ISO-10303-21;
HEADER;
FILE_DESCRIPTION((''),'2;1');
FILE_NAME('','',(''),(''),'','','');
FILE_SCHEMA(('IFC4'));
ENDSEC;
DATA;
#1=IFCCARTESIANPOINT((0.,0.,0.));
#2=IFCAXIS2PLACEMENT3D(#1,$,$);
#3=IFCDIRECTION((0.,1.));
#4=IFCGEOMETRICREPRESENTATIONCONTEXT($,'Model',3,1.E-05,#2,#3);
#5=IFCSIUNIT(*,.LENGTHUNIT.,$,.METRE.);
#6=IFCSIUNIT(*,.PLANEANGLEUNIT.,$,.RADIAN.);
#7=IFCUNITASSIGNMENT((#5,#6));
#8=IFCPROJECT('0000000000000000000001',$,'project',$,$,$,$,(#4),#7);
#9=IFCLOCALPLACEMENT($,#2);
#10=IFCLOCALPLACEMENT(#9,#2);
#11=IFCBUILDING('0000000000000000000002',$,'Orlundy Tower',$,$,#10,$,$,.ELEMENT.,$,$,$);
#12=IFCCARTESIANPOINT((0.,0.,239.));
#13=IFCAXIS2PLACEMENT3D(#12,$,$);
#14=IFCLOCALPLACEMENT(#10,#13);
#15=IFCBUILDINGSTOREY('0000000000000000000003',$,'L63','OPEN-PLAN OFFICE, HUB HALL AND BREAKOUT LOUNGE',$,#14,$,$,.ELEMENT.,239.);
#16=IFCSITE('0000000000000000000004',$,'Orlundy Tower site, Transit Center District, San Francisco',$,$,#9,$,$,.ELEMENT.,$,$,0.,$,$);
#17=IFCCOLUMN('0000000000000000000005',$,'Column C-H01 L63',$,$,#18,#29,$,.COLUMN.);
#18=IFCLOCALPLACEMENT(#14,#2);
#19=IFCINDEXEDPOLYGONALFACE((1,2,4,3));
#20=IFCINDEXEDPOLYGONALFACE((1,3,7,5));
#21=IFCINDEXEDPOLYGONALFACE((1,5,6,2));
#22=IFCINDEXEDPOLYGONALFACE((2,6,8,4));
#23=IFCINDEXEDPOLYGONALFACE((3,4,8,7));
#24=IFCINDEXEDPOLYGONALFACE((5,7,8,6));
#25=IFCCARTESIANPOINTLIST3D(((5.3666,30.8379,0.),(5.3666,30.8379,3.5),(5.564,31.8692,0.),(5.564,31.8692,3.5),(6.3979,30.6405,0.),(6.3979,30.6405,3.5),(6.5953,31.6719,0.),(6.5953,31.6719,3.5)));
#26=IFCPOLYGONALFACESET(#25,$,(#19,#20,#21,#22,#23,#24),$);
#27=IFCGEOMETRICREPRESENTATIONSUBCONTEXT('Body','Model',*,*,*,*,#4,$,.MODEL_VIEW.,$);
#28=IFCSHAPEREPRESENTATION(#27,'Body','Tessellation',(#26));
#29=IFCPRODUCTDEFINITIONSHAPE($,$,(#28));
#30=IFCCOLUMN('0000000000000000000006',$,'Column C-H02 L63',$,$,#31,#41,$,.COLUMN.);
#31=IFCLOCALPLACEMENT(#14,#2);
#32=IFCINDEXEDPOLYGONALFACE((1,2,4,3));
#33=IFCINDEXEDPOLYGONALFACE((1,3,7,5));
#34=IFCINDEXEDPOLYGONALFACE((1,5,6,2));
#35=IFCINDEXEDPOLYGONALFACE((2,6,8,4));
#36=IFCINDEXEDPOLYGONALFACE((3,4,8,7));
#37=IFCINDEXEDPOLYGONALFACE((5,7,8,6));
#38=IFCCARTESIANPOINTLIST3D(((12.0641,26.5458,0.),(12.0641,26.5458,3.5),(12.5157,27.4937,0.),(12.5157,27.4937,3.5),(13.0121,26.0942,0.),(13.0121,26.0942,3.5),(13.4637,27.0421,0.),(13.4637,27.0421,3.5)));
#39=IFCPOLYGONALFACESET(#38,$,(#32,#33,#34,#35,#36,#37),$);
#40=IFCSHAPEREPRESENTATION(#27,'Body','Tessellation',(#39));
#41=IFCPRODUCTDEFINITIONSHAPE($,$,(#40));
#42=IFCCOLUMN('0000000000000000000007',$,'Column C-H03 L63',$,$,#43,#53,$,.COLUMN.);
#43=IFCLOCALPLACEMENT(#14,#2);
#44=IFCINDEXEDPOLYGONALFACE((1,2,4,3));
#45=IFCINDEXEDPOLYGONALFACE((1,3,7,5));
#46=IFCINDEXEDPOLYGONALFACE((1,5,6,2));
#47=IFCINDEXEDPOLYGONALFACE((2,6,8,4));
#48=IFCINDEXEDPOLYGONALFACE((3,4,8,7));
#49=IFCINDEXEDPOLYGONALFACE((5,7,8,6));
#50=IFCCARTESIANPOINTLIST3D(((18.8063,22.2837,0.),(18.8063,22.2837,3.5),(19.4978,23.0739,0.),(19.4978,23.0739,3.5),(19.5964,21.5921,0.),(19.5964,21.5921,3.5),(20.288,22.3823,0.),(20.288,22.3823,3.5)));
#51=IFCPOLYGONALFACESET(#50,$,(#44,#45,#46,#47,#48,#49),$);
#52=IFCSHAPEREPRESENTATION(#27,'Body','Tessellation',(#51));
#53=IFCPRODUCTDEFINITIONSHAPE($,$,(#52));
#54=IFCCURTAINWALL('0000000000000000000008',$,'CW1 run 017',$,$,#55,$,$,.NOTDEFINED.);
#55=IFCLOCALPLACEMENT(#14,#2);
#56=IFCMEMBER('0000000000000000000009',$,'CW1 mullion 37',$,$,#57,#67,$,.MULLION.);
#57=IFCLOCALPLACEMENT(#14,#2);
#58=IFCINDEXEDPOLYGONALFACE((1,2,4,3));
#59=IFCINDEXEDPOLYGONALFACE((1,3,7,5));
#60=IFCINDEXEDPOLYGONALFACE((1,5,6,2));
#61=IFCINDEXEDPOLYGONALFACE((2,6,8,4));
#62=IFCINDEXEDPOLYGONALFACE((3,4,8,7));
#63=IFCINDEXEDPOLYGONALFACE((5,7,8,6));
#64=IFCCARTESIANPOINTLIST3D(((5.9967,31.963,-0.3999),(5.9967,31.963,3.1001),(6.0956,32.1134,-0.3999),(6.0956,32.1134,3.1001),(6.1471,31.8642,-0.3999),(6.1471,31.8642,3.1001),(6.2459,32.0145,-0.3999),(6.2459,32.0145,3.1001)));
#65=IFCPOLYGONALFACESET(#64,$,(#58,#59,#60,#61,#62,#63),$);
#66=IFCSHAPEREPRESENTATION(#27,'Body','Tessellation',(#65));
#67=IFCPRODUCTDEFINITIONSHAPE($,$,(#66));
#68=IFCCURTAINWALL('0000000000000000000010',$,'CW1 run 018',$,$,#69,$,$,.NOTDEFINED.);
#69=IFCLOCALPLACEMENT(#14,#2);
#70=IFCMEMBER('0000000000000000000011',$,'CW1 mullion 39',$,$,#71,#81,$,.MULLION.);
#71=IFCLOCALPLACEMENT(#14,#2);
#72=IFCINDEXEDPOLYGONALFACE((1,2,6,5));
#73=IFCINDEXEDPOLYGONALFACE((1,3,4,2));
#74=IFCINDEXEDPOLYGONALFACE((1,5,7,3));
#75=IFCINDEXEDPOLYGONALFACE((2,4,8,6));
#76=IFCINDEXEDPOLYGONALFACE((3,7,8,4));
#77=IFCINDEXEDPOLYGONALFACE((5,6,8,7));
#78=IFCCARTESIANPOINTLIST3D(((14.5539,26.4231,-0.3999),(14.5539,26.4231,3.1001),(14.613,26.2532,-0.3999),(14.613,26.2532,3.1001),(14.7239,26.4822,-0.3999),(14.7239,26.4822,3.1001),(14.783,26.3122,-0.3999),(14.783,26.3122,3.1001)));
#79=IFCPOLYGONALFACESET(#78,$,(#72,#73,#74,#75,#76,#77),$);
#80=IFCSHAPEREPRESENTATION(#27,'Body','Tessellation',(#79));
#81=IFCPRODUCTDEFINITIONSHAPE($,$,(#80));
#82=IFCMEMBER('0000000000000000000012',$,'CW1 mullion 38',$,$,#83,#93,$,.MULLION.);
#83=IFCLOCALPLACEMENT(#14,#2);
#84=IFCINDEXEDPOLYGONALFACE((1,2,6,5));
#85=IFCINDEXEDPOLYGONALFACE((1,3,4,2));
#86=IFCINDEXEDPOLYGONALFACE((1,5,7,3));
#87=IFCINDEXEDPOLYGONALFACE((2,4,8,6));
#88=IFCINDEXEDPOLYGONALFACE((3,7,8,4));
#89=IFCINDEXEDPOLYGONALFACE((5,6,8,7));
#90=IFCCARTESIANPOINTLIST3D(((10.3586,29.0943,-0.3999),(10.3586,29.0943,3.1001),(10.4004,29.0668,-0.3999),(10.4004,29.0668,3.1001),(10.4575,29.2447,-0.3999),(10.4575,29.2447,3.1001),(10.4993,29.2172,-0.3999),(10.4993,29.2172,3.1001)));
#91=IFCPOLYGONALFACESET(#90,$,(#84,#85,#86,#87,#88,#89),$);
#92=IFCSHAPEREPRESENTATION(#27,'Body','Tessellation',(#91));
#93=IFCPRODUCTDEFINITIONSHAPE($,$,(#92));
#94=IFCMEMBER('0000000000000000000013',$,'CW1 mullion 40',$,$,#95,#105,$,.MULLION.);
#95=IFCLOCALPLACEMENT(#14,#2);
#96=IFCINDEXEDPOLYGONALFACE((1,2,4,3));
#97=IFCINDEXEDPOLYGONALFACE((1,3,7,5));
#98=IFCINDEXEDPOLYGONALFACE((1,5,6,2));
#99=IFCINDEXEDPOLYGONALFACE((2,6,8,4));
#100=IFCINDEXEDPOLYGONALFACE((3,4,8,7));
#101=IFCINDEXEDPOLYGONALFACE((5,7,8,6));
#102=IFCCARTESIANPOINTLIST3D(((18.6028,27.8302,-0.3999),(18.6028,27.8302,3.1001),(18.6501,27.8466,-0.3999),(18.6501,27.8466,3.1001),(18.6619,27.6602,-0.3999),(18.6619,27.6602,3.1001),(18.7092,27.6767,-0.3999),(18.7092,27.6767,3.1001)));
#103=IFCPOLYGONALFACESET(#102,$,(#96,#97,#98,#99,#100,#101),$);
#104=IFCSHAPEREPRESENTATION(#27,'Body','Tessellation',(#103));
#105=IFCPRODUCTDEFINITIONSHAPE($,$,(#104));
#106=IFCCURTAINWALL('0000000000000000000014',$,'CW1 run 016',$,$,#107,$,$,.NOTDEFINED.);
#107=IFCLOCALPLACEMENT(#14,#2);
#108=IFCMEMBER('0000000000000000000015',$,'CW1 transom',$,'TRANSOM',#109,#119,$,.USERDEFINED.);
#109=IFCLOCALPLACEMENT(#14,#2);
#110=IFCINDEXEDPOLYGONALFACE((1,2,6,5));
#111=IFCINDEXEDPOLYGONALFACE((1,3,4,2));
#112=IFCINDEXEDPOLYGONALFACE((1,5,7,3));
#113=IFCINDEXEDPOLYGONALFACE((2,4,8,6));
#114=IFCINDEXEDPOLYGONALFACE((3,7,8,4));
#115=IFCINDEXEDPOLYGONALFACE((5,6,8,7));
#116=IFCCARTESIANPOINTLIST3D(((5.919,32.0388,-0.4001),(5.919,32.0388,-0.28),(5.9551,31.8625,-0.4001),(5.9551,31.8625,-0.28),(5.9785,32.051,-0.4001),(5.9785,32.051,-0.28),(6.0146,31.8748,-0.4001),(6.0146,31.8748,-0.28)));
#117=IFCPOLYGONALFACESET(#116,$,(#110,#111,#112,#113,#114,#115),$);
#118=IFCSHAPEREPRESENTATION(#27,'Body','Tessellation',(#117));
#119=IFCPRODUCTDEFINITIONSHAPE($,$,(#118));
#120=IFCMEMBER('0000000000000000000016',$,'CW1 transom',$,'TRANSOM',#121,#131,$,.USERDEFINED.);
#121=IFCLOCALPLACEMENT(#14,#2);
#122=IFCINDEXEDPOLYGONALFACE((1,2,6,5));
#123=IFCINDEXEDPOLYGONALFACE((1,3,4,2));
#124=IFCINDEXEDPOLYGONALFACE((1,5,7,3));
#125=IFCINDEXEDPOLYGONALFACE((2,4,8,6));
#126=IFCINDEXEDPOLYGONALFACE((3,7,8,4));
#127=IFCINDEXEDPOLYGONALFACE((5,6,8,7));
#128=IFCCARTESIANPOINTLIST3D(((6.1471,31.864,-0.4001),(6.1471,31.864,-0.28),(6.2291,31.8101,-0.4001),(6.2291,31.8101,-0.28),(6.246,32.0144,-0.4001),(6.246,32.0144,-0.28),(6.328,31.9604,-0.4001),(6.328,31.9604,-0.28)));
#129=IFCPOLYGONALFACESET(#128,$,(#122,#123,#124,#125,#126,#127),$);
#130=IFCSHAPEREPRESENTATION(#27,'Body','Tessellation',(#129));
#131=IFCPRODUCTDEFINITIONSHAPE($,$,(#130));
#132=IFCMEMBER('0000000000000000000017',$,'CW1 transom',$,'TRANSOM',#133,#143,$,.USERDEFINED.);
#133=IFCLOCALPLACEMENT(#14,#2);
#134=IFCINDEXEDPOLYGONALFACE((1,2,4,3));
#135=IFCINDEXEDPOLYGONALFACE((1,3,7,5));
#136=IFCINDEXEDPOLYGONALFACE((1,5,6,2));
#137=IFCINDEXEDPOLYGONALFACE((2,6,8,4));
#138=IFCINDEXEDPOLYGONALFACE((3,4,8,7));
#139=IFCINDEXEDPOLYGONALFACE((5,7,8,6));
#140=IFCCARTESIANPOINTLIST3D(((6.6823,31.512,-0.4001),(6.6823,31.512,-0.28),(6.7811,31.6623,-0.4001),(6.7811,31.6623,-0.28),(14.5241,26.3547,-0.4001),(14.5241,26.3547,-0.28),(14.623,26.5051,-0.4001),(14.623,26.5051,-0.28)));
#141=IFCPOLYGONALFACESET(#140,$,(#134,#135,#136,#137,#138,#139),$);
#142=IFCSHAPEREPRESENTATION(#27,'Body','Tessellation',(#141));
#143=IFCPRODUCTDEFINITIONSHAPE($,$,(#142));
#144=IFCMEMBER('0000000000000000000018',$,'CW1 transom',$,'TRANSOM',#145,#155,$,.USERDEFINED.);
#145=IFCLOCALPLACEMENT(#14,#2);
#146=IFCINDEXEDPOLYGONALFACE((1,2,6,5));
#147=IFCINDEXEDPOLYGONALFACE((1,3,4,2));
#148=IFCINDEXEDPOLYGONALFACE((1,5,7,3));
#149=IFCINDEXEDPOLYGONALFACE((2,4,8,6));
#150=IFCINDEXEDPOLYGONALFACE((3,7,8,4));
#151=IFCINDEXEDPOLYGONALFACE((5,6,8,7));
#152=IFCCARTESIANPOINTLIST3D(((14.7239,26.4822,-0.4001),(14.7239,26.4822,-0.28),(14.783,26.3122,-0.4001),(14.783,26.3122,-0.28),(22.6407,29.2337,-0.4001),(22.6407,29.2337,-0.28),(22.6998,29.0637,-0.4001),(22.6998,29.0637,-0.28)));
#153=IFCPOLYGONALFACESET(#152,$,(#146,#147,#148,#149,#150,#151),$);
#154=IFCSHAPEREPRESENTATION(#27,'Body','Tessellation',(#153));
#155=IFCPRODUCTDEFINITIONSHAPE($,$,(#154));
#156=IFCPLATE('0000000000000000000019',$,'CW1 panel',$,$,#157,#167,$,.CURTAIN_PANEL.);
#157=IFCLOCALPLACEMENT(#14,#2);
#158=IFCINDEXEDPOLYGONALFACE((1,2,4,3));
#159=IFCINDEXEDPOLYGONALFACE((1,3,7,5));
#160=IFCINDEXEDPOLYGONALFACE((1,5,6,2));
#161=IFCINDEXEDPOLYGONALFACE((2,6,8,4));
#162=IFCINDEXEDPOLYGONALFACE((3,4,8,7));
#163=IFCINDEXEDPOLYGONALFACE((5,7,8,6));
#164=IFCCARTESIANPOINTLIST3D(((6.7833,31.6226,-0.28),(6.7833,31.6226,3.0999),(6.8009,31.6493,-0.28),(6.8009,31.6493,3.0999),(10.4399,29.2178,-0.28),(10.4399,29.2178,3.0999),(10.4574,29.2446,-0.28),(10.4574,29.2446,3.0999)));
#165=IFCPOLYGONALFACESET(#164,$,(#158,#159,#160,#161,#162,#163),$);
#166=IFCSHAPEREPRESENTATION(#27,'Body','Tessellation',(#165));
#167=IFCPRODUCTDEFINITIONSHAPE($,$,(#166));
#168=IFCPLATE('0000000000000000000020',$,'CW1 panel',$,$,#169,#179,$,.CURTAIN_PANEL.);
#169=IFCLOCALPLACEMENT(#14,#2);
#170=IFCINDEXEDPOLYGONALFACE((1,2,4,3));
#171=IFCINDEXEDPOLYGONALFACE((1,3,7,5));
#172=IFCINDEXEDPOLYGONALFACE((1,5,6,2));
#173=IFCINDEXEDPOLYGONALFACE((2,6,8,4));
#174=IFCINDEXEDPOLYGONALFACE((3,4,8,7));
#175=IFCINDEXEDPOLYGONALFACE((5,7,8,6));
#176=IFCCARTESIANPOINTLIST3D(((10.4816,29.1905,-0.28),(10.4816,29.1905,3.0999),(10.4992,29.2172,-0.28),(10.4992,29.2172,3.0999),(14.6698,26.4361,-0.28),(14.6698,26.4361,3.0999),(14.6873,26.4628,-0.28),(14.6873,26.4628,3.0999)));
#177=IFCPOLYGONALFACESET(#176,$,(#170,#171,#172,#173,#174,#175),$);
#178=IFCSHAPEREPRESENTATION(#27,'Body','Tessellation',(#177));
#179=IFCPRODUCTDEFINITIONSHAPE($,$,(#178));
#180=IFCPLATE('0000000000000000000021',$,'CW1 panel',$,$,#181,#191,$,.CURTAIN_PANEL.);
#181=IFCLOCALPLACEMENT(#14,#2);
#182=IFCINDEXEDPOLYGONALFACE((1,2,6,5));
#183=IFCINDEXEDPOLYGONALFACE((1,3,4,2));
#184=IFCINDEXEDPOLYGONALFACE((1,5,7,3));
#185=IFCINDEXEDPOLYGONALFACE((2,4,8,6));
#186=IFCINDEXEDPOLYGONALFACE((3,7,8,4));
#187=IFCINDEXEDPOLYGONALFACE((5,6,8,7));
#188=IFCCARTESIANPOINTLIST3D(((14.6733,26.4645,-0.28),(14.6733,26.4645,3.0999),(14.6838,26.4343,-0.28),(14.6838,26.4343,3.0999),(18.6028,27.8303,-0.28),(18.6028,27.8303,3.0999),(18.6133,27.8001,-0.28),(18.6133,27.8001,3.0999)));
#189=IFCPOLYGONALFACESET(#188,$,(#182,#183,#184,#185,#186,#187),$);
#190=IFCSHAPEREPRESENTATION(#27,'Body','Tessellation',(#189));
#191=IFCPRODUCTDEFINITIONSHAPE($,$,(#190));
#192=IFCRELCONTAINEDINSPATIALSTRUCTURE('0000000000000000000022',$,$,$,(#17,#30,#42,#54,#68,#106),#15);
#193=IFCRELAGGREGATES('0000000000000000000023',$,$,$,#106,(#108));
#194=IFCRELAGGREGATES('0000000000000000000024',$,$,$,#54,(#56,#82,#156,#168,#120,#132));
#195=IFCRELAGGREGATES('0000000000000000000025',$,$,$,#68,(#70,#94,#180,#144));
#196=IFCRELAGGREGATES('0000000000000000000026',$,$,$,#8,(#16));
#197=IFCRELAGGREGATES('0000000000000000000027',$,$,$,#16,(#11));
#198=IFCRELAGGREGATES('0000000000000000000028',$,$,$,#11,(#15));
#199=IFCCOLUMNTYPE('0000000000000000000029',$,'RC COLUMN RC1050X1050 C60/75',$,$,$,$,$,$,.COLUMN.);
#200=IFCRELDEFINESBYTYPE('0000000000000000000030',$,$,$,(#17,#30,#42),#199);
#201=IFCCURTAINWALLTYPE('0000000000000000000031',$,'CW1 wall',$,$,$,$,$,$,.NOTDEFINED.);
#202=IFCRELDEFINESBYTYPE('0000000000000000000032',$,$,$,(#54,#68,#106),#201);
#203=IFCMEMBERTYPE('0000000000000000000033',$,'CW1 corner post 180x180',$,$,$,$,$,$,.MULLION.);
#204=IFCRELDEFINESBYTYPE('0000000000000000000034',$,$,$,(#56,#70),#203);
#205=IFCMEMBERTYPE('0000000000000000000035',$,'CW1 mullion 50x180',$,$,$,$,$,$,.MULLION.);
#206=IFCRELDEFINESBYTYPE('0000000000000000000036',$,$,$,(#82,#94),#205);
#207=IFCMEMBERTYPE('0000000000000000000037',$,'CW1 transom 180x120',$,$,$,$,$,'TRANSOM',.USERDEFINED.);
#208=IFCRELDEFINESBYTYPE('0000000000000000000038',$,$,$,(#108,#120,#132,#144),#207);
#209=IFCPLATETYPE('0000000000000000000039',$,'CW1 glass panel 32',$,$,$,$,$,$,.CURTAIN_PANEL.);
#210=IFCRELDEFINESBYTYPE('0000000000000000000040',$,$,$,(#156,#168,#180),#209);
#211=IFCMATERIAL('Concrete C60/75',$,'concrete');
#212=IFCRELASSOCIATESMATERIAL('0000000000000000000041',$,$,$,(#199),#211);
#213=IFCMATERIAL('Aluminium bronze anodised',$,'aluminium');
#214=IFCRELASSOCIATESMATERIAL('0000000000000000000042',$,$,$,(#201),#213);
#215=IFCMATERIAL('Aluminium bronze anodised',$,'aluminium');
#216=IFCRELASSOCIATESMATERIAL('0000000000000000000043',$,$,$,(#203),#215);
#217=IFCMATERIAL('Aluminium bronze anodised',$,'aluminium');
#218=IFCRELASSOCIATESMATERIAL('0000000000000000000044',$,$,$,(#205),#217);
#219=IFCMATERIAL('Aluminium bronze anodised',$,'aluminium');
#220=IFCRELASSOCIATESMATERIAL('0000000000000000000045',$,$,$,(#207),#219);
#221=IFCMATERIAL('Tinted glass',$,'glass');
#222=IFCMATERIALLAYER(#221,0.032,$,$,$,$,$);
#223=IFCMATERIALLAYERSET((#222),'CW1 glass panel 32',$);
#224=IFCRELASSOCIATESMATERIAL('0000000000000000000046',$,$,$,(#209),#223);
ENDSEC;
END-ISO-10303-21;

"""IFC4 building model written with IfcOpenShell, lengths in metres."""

from ifc_helpers import new_model, si_unit, direction, frame, origin, origin_2d, place, context, subcontext, project, spatial, rectangle, extrude, material, layer, layer_set, material_profile, profile_set, type_object, element, aggregate, save


model = new_model("IFC4")

# Units and contexts
model_context = context("Model", 3, precision=1e-05, world=origin(), true_north=direction((0.0, 1.0)))
body_context = subcontext(model_context, "Body", "Model", "MODEL_VIEW")
ifc_project = project(units=[si_unit("LENGTHUNIT", "METRE"), si_unit("PLANEANGLEUNIT", "RADIAN")], contexts=[model_context])

# Site, building, storey
site_placement = place(None, origin())
site = spatial("IfcSite", under=ifc_project, at=site_placement, Name="Orlundy Tower site, Transit Center District, San Francisco", CompositionType="ELEMENT", RefElevation=0.0)
building_placement = place(site_placement, origin())
building = spatial("IfcBuilding", under=site, at=building_placement, Name="Orlundy Tower", CompositionType="ELEMENT")
storey_placement = place(building_placement, frame((0.0, 0.0, 239.0)))
storey = spatial("IfcBuildingStorey", under=building, at=storey_placement, Name="L63", Description="OPEN-PLAN OFFICE, HUB HALL AND BREAKOUT LOUNGE", CompositionType="ELEMENT", Elevation=239.0)

# Columns
ifc_material_1 = material(Name="Concrete C60/75", Category="concrete")
ifc_material_profile_1 = material_profile(ifc_material_1, rectangle(XDim=1.05, YDim=1.05, at=origin_2d()), Name="RC1050X1050")
ifc_profile_set_1 = profile_set([ifc_material_profile_1], Name="Concrete C60/75")
column_type = type_object("IfcColumnType", Name="RC COLUMN RC1050X1050 C60/75", PredefinedType="COLUMN", material=ifc_profile_set_1)
for number, where, z_axis, x_axis, name in (
    (1, (5.981, 31.2549, 0.0), (0.0, 0.0, 1.0), (0.187947, 0.982179, 0.0), "Column C-H01 L63"),
    (2, (12.7639, 26.7939, 0.0), (0.0, 0.0, 1.0), (0.43007, 0.902796, 0.0), "Column C-H02 L63"),
    (3, (19.5471, 22.333, 0.0), (0.0, 0.0, 1.0), (0.658611, 0.752484, 0.0), "Column C-H03 L63"),
):
    element("IfcColumn", number, at=place(storey_placement, frame(where, z_axis=z_axis, x_axis=x_axis)), inside=storey, type_object=column_type, Name=name, PredefinedType="COLUMN", context=body_context, shape_type="SweptSolid", body=[
        extrude(rectangle(XDim=1.05, YDim=1.05, at=origin_2d()), origin(), (0.0, 0.0, 1.0), 3.5),
    ])

# Curtain walls, members
ifc_material_2 = material(Name="Aluminium bronze anodised", Category="aluminium")
curtain_wall_type = type_object("IfcCurtainWallType", Name="CW1 wall", PredefinedType="NOTDEFINED", material=ifc_material_2)
curtain_wall_1_placement = place(storey_placement, origin())
curtain_wall_1 = element("IfcCurtainWall", 4, at=curtain_wall_1_placement, inside=storey, type_object=curtain_wall_type, Name="CW1 run 017", PredefinedType="NOTDEFINED")
ifc_material_3 = material(Name="Aluminium bronze anodised", Category="aluminium")
ifc_material_profile_2 = material_profile(ifc_material_3, rectangle(XDim=0.1799, YDim=0.1799, at=origin_2d()), Name="CW1 corner post 180x180")
ifc_profile_set_2 = profile_set([ifc_material_profile_2], Name="Aluminium bronze anodised")
member_type_1 = type_object("IfcMemberType", Name="CW1 corner post 180x180", PredefinedType="MULLION", material=ifc_profile_set_2)
member_1_placement = place(storey_placement, frame((6.1213, 31.9888, -0.3999), z_axis=(0.0, 0.0, 1.0), x_axis=(0.549482, 0.835506, 0.0)))
member_1 = element("IfcMember", 5, at=member_1_placement, type_object=member_type_1, Name="CW1 mullion 37", PredefinedType="MULLION", context=body_context, shape_type="SweptSolid", body=[
    extrude(rectangle(XDim=0.1799, YDim=0.1799, at=origin_2d()), origin(), (0.0, 0.0, 1.0), 3.5),
])
curtain_wall_2_placement = place(storey_placement, origin())
curtain_wall_2 = element("IfcCurtainWall", 6, at=curtain_wall_2_placement, inside=storey, type_object=curtain_wall_type, Name="CW1 run 018", PredefinedType="NOTDEFINED")
member_2_placement = place(storey_placement, frame((14.6685, 26.3677, -0.3999), z_axis=(0.0, 0.0, 1.0), x_axis=(-0.328298, 0.944574, 0.0)))
member_2 = element("IfcMember", 7, at=member_2_placement, type_object=member_type_1, Name="CW1 mullion 39", PredefinedType="MULLION", context=body_context, shape_type="SweptSolid", body=[
    extrude(rectangle(XDim=0.1799, YDim=0.1799, at=origin_2d()), origin(), (0.0, 0.0, 1.0), 3.5),
])

# Members
ifc_material_4 = material(Name="Aluminium bronze anodised", Category="aluminium")
ifc_material_profile_3 = material_profile(ifc_material_4, rectangle(XDim=0.1799, YDim=0.05, at=origin_2d()), Name="CW1 mullion 50x180")
ifc_profile_set_3 = profile_set([ifc_material_profile_3], Name="Aluminium bronze anodised")
member_type_2 = type_object("IfcMemberType", Name="CW1 mullion 50x180", PredefinedType="MULLION", material=ifc_profile_set_3)
member_3_placement = place(storey_placement, frame((10.429, 29.1558, -0.3999), z_axis=(0.0, 0.0, 1.0), x_axis=(0.549482, 0.835506, 0.0)))
member_3 = element("IfcMember", 8, at=member_3_placement, type_object=member_type_2, Name="CW1 mullion 38", PredefinedType="MULLION", context=body_context, shape_type="SweptSolid", body=[
    extrude(rectangle(XDim=0.1799, YDim=0.05, at=origin_2d()), origin(), (0.0, 0.0, 1.0), 3.5),
])
member_4_placement = place(storey_placement, frame((18.656, 27.7534, -0.3999), z_axis=(0.0, 0.0, 1.0), x_axis=(-0.328298, 0.944574, 0.0)))
member_4 = element("IfcMember", 9, at=member_4_placement, type_object=member_type_2, Name="CW1 mullion 40", PredefinedType="MULLION", context=body_context, shape_type="SweptSolid", body=[
    extrude(rectangle(XDim=0.1799, YDim=0.05, at=origin_2d()), origin(), (0.0, 0.0, 1.0), 3.5),
])

# Curtain wall, member
curtain_wall_3_placement = place(storey_placement, origin())
curtain_wall_3 = element("IfcCurtainWall", 10, at=curtain_wall_3_placement, inside=storey, type_object=curtain_wall_type, Name="CW1 run 016", PredefinedType="NOTDEFINED")
ifc_material_5 = material(Name="Aluminium bronze anodised", Category="aluminium")
ifc_material_profile_4 = material_profile(ifc_material_5, rectangle(XDim=0.1799, YDim=0.1201, at=origin_2d()), Name="CW1 transom 180x120")
ifc_profile_set_4 = profile_set([ifc_material_profile_4], Name="Aluminium bronze anodised")
member_type_3 = type_object("IfcMemberType", Name="CW1 transom 180x120", ElementType="TRANSOM", PredefinedType="USERDEFINED", material=ifc_profile_set_4)
member_5_placement = place(storey_placement, frame((5.937, 31.9507, -0.3401), z_axis=(0.979643, 0.200747, 0.0), x_axis=(-0.200747, 0.979643, 0.0)))
member_5 = element("IfcMember", 11, at=member_5_placement, type_object=member_type_3, Name="CW1 transom", ObjectType="TRANSOM", PredefinedType="USERDEFINED", context=body_context, shape_type="SweptSolid", body=[
    extrude(rectangle(XDim=0.1799, YDim=0.1201, at=origin_2d()), origin(), (0.0, 0.0, 1.0), 0.0608),
])
aggregate(curtain_wall_3, [member_5])

# Members
member_6_placement = place(storey_placement, frame((6.1965, 31.9392, -0.3401), z_axis=(0.835477, -0.549525, 0.0), x_axis=(0.549525, 0.835477, 0.0)))
member_6 = element("IfcMember", 12, at=member_6_placement, type_object=member_type_3, Name="CW1 transom", ObjectType="TRANSOM", PredefinedType="USERDEFINED", context=body_context, shape_type="SweptSolid", body=[
    extrude(rectangle(XDim=0.1799, YDim=0.1201, at=origin_2d()), origin(), (0.0, 0.0, 1.0), 0.0981),
])
member_7_placement = place(storey_placement, frame((6.7317, 31.5872, -0.3401), z_axis=(0.835508, -0.549479, 0.0), x_axis=(0.549479, 0.835508, 0.0)))
member_7 = element("IfcMember", 13, at=member_7_placement, type_object=member_type_3, Name="CW1 transom", ObjectType="TRANSOM", PredefinedType="USERDEFINED", context=body_context, shape_type="SweptSolid", body=[
    extrude(rectangle(XDim=0.1799, YDim=0.1201, at=origin_2d()), origin(), (0.0, 0.0, 1.0), 9.3857),
])
member_8_placement = place(storey_placement, frame((14.7534, 26.3972, -0.3401), z_axis=(0.944578, 0.328288, 0.0), x_axis=(-0.328288, 0.944578, 0.0)))
member_8 = element("IfcMember", 14, at=member_8_placement, type_object=member_type_3, Name="CW1 transom", ObjectType="TRANSOM", PredefinedType="USERDEFINED", context=body_context, shape_type="SweptSolid", body=[
    extrude(rectangle(XDim=0.1799, YDim=0.1201, at=origin_2d()), origin(), (0.0, 0.0, 1.0), 8.3813),
])

# Plates
ifc_material_6 = material(Name="Tinted glass", Category="glass")
ifc_layer_1 = layer(ifc_material_6, 0.032)
ifc_layer_set_1 = layer_set([ifc_layer_1], Name="CW1 glass panel 32")
plate_type = type_object("IfcPlateType", Name="CW1 glass panel 32", PredefinedType="CURTAIN_PANEL", material=ifc_layer_set_1)
plate_1_placement = place(storey_placement, frame((8.6204, 30.4336, -0.28), z_axis=(0.0, 0.0, 1.0), x_axis=(0.835506, -0.549482, 0.0)))
plate_1 = element("IfcPlate", 15, at=plate_1_placement, type_object=plate_type, Name="CW1 panel", PredefinedType="CURTAIN_PANEL", context=body_context, shape_type="SweptSolid", body=[
    extrude(rectangle(XDim=4.3765, YDim=0.032, at=origin_2d()), origin(), (0.0, 0.0, 1.0), 3.3799),
])
plate_2_placement = place(storey_placement, frame((12.5845, 27.8267, -0.28), z_axis=(0.0, 0.0, 1.0), x_axis=(0.835506, -0.549482, 0.0)))
plate_2 = element("IfcPlate", 16, at=plate_2_placement, type_object=plate_type, Name="CW1 panel", PredefinedType="CURTAIN_PANEL", context=body_context, shape_type="SweptSolid", body=[
    extrude(rectangle(XDim=5.0127, YDim=0.032, at=origin_2d()), origin(), (0.0, 0.0, 1.0), 3.3799),
])
aggregate(curtain_wall_1, [member_1, member_3, plate_1, plate_2, member_6, member_7])
plate_3_placement = place(storey_placement, frame((16.6433, 27.1323, -0.28), z_axis=(0.0, 0.0, 1.0), x_axis=(0.944574, 0.328298, 0.0)))
plate_3 = element("IfcPlate", 17, at=plate_3_placement, type_object=plate_type, Name="CW1 panel", PredefinedType="CURTAIN_PANEL", context=body_context, shape_type="SweptSolid", body=[
    extrude(rectangle(XDim=4.1602, YDim=0.032, at=origin_2d()), origin(), (0.0, 0.0, 1.0), 3.3799),
])
aggregate(curtain_wall_2, [member_2, member_4, plate_3, member_8])

save(model, "model.ifc")
